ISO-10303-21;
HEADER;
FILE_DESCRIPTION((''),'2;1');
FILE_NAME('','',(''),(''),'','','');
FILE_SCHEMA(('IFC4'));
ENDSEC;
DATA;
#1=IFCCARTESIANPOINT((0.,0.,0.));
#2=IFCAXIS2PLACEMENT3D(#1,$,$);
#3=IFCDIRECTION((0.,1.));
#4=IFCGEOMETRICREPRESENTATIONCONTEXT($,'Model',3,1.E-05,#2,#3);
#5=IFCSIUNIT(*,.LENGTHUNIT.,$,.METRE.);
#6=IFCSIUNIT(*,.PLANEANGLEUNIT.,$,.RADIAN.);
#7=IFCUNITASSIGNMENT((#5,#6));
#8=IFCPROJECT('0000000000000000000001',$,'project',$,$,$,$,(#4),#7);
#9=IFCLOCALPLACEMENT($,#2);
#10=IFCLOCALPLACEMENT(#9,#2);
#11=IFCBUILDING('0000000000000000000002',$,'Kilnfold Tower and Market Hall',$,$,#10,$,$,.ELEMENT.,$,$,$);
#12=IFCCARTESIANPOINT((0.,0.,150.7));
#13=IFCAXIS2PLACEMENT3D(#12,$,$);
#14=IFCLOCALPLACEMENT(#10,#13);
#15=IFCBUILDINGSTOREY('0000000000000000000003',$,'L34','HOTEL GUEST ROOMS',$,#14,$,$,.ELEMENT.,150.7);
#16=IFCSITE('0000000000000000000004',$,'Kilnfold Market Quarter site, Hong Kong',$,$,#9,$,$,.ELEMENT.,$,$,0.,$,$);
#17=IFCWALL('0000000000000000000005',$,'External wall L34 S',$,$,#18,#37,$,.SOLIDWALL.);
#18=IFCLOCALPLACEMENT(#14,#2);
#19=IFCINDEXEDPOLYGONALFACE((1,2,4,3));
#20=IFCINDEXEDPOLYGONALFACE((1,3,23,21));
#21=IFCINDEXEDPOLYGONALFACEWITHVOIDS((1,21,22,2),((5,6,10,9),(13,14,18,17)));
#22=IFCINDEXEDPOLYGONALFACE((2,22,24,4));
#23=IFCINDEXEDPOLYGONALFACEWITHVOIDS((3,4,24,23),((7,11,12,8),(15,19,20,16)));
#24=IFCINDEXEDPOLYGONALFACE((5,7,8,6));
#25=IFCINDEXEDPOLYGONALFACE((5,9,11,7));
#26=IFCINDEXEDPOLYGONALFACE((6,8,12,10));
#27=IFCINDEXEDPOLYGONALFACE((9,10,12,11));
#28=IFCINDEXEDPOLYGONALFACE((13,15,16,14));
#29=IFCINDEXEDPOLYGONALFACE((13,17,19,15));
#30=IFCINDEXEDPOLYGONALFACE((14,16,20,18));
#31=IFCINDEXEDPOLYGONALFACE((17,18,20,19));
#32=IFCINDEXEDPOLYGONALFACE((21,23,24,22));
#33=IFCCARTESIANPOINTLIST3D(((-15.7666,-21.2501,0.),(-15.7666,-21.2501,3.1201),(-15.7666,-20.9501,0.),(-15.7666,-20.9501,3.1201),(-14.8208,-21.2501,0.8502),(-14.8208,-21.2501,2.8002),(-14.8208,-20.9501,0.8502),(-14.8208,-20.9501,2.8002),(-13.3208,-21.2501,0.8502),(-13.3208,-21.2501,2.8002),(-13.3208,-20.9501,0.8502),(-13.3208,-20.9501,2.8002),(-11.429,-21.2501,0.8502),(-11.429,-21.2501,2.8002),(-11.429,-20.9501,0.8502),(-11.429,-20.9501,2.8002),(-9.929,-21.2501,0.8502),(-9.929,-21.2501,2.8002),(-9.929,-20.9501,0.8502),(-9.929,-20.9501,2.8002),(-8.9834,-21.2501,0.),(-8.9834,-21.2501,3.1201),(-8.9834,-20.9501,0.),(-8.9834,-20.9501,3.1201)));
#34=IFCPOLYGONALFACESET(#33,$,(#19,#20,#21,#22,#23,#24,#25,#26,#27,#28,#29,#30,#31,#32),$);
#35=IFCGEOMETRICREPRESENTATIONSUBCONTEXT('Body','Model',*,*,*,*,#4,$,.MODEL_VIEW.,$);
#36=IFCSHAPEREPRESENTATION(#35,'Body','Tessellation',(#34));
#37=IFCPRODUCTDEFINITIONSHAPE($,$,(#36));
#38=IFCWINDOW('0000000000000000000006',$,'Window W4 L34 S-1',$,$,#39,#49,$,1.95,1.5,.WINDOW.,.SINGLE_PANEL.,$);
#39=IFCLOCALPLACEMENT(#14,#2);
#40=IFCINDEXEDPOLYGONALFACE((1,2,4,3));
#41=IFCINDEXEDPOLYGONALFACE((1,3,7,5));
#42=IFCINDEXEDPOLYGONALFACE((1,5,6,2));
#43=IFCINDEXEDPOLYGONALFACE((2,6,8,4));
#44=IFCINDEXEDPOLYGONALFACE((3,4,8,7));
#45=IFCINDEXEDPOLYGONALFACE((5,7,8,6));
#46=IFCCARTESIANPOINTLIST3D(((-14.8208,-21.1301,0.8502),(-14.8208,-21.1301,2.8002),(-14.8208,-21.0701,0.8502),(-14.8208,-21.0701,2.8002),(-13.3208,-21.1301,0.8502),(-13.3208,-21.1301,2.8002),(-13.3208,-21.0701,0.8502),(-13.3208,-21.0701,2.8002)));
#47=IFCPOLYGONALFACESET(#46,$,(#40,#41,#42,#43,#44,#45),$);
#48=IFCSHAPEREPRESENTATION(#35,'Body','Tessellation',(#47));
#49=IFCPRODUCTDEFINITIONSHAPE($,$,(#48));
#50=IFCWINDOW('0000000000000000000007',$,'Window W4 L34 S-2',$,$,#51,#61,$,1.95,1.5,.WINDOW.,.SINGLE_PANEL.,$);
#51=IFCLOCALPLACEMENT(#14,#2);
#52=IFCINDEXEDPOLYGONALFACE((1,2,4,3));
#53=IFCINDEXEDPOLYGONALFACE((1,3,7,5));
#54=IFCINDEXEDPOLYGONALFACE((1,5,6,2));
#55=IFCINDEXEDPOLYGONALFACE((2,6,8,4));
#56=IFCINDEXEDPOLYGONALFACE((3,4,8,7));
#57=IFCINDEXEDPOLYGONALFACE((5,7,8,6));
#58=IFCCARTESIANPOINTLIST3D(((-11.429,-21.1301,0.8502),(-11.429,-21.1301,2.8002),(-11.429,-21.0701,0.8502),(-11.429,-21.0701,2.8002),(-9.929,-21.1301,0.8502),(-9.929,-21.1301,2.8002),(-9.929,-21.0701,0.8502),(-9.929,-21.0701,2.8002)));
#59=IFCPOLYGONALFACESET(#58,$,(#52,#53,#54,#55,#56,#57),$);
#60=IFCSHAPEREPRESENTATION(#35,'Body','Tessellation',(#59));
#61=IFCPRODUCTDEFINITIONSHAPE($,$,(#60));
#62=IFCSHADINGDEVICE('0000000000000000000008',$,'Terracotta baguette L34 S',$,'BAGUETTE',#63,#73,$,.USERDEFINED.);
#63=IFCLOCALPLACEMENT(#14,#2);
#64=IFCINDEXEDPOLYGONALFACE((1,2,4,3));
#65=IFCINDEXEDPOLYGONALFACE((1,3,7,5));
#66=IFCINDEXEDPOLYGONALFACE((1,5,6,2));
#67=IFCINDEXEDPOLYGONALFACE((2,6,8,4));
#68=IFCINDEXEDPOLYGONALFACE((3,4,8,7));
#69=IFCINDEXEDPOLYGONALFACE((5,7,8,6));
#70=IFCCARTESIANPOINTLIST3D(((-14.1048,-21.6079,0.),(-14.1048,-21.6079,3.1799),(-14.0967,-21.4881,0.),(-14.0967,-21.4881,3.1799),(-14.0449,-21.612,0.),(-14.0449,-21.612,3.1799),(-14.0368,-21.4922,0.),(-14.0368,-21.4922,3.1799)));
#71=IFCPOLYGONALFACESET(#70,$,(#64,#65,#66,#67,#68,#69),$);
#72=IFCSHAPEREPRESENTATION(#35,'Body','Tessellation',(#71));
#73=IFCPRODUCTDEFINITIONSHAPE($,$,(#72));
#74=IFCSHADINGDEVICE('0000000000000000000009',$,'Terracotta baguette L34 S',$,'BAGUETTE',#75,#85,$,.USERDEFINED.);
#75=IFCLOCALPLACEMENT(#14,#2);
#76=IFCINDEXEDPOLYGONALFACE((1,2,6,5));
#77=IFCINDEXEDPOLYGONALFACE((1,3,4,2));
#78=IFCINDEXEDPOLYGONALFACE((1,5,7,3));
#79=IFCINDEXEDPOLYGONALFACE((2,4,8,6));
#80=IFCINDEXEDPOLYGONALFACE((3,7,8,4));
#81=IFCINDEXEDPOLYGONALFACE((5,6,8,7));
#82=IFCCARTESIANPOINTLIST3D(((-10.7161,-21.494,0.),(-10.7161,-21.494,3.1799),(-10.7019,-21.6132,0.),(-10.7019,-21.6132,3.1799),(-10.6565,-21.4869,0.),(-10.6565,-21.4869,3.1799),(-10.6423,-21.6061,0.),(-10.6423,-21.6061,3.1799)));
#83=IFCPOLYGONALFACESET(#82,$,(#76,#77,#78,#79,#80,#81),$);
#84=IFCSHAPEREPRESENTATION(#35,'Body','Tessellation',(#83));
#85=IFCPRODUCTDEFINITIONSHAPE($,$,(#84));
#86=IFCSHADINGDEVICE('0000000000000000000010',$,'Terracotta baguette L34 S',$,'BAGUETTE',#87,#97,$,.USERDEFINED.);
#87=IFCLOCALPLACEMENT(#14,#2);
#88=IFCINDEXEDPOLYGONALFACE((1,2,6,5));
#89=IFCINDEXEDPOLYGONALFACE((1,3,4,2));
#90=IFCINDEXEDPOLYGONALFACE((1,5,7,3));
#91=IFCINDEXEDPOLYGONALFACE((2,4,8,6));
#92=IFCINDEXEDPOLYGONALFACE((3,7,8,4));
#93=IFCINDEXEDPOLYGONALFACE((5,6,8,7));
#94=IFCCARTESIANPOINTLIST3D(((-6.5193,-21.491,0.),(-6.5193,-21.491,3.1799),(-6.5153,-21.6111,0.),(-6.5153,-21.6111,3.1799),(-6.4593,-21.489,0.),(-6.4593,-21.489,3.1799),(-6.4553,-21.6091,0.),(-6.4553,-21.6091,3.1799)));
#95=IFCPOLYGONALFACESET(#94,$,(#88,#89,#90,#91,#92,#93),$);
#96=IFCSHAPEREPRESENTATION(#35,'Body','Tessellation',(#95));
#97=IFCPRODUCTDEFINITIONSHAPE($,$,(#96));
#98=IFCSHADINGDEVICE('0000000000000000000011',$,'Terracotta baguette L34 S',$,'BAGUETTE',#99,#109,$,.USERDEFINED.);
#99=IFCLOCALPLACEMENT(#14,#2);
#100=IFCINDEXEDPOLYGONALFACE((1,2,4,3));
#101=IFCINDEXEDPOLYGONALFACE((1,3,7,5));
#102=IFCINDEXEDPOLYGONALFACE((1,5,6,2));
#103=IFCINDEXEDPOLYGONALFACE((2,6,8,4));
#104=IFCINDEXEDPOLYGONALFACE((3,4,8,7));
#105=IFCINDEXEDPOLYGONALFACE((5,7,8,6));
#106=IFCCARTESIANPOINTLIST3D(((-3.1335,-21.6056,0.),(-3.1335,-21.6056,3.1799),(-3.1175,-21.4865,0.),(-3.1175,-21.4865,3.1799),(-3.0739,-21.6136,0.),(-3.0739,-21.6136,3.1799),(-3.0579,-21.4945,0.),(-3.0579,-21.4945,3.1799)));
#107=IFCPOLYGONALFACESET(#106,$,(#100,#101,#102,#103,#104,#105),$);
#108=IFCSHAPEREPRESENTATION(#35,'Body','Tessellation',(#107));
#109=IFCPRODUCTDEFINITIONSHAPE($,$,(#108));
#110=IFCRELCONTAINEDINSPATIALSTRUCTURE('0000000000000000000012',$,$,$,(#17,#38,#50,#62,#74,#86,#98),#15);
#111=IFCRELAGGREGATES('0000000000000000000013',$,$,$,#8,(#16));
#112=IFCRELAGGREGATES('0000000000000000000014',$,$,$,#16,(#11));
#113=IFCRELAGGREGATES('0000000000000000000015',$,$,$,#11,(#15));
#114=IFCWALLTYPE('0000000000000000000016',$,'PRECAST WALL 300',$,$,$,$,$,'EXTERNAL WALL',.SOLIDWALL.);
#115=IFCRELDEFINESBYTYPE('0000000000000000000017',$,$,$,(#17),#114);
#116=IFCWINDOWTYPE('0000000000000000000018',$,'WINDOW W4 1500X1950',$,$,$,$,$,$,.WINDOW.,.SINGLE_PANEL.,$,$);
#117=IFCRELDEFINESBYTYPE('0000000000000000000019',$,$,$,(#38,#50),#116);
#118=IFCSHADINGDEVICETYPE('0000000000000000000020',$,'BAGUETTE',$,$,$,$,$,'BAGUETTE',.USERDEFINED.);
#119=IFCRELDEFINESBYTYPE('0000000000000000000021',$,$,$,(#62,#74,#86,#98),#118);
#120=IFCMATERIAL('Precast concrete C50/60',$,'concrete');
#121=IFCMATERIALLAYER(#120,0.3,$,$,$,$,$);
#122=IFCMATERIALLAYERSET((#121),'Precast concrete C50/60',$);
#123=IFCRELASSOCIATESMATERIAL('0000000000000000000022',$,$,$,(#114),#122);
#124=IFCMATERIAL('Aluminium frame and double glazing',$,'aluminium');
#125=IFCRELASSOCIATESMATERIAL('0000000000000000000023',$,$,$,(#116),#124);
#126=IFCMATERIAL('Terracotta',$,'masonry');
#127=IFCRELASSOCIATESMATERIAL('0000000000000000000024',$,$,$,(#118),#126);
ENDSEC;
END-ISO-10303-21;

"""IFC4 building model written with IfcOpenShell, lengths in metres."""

from ifc_helpers import new_model, si_unit, direction, frame, frame_2d, origin, origin_2d, place, context, subcontext, project, spatial, rectangle, extrude, source, transform, mapped, material, layer, layer_set, material_profile, profile_set, type_object, element, fill, save


model = new_model("IFC4")

# Units and contexts
model_context = context("Model", 3, precision=1e-05, world=origin(), true_north=direction((0.0, 1.0)))
body_context = subcontext(model_context, "Body", "Model", "MODEL_VIEW")
ifc_project = project(units=[si_unit("LENGTHUNIT", "METRE"), si_unit("PLANEANGLEUNIT", "RADIAN")], contexts=[model_context])

# Site, building, storey
site_placement = place(None, origin())
site = spatial("IfcSite", under=ifc_project, at=site_placement, Name="Kilnfold Market Quarter site, Hong Kong", CompositionType="ELEMENT", RefElevation=0.0)
building_placement = place(site_placement, origin())
building = spatial("IfcBuilding", under=site, at=building_placement, Name="Kilnfold Tower and Market Hall", CompositionType="ELEMENT")
storey_placement = place(building_placement, frame((0.0, 0.0, 150.7)))
storey = spatial("IfcBuildingStorey", under=building, at=storey_placement, Name="L34", Description="HOTEL GUEST ROOMS", CompositionType="ELEMENT", Elevation=150.7)

# Wall, openings, windows
ifc_material_1 = material(Name="Precast concrete C50/60", Category="concrete")
ifc_layer_1 = layer(ifc_material_1, 0.3)
ifc_layer_set_1 = layer_set([ifc_layer_1], Name="Precast concrete C50/60")
wall_type_1 = type_object("IfcWallType", Name="PRECAST WALL 300", ElementType="EXTERNAL WALL", PredefinedType="SOLIDWALL", material=ifc_layer_set_1)
ifc_material_2 = material(Name="Aluminium frame and double glazing", Category="aluminium")
window_type = type_object("IfcWindowType", Name="WINDOW W4 1500X1950", PartitioningType="SINGLE_PANEL", PredefinedType="WINDOW", material=ifc_material_2)
shared_shape_1 = source(origin(), body_context, "Body", "SweptSolid", [
    extrude(rectangle(XDim=6.7832, YDim=0.3, at=frame_2d((3.3916, 0.0))), origin(), (0.0, 0.0, 1.0), 3.1201),
])
wall_1_placement = place(storey_placement, frame((-15.7666, -21.1001, 0.0), z_axis=(0.0, 0.0, 1.0), x_axis=(1.0, 0.0, 0.0)))
wall_1 = element("IfcWall", 1, at=wall_1_placement, inside=storey, type_object=wall_type_1, Name="External wall L34 S", PredefinedType="SOLIDWALL", context=body_context, shape_type="MappedRepresentation", body=[
    mapped(shared_shape_1, transform((0.0, 0.0, 0.0))),
])
opening_1_placement = place(wall_1_placement, frame((0.9458, 0.0, 0.8501)))
opening_1 = element("IfcOpeningElement", 2, at=opening_1_placement, cuts=wall_1, PredefinedType="OPENING", context=body_context, shape_type="SweptSolid", body=[
    extrude(rectangle(XDim=1.5, YDim=1.95, at=frame_2d((0.75, 0.9751))), frame((0.0, 0.1602, 0.0), z_axis=(0.0, -1.0, 0.0), x_axis=(1.0, 0.0, 0.0)), (0.0, 0.0, 1.0), 0.3201),
])
opening_2_placement = place(wall_1_placement, frame((4.3376, 0.0, 0.8501)))
opening_2 = element("IfcOpeningElement", 3, at=opening_2_placement, cuts=wall_1, PredefinedType="OPENING", context=body_context, shape_type="SweptSolid", body=[
    extrude(rectangle(XDim=1.5, YDim=1.95, at=frame_2d((0.75, 0.9751))), frame((0.0, 0.1602, 0.0), z_axis=(0.0, -1.0, 0.0), x_axis=(1.0, 0.0, 0.0)), (0.0, 0.0, 1.0), 0.3201),
])
window_1_placement = place(opening_1_placement, origin())
window_1 = element("IfcWindow", 4, at=window_1_placement, inside=storey, type_object=window_type, Name="Window W4 L34 S-1", OverallHeight=1.95, OverallWidth=1.5, PartitioningType="SINGLE_PANEL", PredefinedType="WINDOW", context=body_context, shape_type="SweptSolid", body=[
    extrude(rectangle(XDim=1.5, YDim=1.95, at=frame_2d((0.75, 0.9751))), frame((0.0, 0.03, 0.0), z_axis=(0.0, -1.0, 0.0), x_axis=(1.0, 0.0, 0.0)), (0.0, 0.0, 1.0), 0.0601),
])
fill(opening_1, window_1)
window_2_placement = place(opening_2_placement, origin())
window_2 = element("IfcWindow", 5, at=window_2_placement, inside=storey, type_object=window_type, Name="Window W4 L34 S-2", OverallHeight=1.95, OverallWidth=1.5, PartitioningType="SINGLE_PANEL", PredefinedType="WINDOW", context=body_context, shape_type="SweptSolid", body=[
    extrude(rectangle(XDim=1.5, YDim=1.95, at=frame_2d((0.75, 0.9751))), frame((0.0, 0.03, 0.0), z_axis=(0.0, -1.0, 0.0), x_axis=(1.0, 0.0, 0.0)), (0.0, 0.0, 1.0), 0.0601),
])
fill(opening_2, window_2)

# Shading devices
ifc_material_3 = material(Name="Terracotta", Category="masonry")
ifc_material_profile_1 = material_profile(ifc_material_3, rectangle(XDim=0.0601, YDim=0.1201, at=origin_2d()), Name="BAG 60x120")
ifc_profile_set_1 = profile_set([ifc_material_profile_1], Name="Terracotta")
shading_device_type = type_object("IfcShadingDeviceType", Name="BAGUETTE", ElementType="BAGUETTE", PredefinedType="USERDEFINED", material=ifc_profile_set_1)
shared_shape_2 = source(origin(), body_context, "Body", "SweptSolid", [
    extrude(rectangle(XDim=0.0601, YDim=0.1201, at=origin_2d()), origin(), (0.0, 0.0, 1.0), 3.1799),
])
for number, where, z_axis, x_axis, name in (
    (6, (-14.0708, -21.55, 0.0), (0.0, 0.0, 1.0), (0.997706, -0.067698, 0.0), "Terracotta baguette L34 S"),
    (7, (-10.6792, -21.55, 0.0), (0.0, 0.0, 1.0), (0.992969, 0.118373, 0.0), "Terracotta baguette L34 S"),
    (8, (-6.4873, -21.55, 0.0), (0.0, 0.0, 1.0), (0.999427, 0.033834, 0.0), "Terracotta baguette L34 S"),
    (9, (-3.0957, -21.55, 0.0), (0.0, 0.0, 1.0), (0.991081, -0.133261, 0.0), "Terracotta baguette L34 S"),
):
    element("IfcShadingDevice", number, at=place(storey_placement, frame(where, z_axis=z_axis, x_axis=x_axis)), inside=storey, type_object=shading_device_type, Name=name, ObjectType="BAGUETTE", PredefinedType="USERDEFINED", context=body_context, shape_type="MappedRepresentation", body=[
        mapped(shared_shape_2, transform((0.0, 0.0, 0.0))),
    ])

save(model, "model.ifc")
